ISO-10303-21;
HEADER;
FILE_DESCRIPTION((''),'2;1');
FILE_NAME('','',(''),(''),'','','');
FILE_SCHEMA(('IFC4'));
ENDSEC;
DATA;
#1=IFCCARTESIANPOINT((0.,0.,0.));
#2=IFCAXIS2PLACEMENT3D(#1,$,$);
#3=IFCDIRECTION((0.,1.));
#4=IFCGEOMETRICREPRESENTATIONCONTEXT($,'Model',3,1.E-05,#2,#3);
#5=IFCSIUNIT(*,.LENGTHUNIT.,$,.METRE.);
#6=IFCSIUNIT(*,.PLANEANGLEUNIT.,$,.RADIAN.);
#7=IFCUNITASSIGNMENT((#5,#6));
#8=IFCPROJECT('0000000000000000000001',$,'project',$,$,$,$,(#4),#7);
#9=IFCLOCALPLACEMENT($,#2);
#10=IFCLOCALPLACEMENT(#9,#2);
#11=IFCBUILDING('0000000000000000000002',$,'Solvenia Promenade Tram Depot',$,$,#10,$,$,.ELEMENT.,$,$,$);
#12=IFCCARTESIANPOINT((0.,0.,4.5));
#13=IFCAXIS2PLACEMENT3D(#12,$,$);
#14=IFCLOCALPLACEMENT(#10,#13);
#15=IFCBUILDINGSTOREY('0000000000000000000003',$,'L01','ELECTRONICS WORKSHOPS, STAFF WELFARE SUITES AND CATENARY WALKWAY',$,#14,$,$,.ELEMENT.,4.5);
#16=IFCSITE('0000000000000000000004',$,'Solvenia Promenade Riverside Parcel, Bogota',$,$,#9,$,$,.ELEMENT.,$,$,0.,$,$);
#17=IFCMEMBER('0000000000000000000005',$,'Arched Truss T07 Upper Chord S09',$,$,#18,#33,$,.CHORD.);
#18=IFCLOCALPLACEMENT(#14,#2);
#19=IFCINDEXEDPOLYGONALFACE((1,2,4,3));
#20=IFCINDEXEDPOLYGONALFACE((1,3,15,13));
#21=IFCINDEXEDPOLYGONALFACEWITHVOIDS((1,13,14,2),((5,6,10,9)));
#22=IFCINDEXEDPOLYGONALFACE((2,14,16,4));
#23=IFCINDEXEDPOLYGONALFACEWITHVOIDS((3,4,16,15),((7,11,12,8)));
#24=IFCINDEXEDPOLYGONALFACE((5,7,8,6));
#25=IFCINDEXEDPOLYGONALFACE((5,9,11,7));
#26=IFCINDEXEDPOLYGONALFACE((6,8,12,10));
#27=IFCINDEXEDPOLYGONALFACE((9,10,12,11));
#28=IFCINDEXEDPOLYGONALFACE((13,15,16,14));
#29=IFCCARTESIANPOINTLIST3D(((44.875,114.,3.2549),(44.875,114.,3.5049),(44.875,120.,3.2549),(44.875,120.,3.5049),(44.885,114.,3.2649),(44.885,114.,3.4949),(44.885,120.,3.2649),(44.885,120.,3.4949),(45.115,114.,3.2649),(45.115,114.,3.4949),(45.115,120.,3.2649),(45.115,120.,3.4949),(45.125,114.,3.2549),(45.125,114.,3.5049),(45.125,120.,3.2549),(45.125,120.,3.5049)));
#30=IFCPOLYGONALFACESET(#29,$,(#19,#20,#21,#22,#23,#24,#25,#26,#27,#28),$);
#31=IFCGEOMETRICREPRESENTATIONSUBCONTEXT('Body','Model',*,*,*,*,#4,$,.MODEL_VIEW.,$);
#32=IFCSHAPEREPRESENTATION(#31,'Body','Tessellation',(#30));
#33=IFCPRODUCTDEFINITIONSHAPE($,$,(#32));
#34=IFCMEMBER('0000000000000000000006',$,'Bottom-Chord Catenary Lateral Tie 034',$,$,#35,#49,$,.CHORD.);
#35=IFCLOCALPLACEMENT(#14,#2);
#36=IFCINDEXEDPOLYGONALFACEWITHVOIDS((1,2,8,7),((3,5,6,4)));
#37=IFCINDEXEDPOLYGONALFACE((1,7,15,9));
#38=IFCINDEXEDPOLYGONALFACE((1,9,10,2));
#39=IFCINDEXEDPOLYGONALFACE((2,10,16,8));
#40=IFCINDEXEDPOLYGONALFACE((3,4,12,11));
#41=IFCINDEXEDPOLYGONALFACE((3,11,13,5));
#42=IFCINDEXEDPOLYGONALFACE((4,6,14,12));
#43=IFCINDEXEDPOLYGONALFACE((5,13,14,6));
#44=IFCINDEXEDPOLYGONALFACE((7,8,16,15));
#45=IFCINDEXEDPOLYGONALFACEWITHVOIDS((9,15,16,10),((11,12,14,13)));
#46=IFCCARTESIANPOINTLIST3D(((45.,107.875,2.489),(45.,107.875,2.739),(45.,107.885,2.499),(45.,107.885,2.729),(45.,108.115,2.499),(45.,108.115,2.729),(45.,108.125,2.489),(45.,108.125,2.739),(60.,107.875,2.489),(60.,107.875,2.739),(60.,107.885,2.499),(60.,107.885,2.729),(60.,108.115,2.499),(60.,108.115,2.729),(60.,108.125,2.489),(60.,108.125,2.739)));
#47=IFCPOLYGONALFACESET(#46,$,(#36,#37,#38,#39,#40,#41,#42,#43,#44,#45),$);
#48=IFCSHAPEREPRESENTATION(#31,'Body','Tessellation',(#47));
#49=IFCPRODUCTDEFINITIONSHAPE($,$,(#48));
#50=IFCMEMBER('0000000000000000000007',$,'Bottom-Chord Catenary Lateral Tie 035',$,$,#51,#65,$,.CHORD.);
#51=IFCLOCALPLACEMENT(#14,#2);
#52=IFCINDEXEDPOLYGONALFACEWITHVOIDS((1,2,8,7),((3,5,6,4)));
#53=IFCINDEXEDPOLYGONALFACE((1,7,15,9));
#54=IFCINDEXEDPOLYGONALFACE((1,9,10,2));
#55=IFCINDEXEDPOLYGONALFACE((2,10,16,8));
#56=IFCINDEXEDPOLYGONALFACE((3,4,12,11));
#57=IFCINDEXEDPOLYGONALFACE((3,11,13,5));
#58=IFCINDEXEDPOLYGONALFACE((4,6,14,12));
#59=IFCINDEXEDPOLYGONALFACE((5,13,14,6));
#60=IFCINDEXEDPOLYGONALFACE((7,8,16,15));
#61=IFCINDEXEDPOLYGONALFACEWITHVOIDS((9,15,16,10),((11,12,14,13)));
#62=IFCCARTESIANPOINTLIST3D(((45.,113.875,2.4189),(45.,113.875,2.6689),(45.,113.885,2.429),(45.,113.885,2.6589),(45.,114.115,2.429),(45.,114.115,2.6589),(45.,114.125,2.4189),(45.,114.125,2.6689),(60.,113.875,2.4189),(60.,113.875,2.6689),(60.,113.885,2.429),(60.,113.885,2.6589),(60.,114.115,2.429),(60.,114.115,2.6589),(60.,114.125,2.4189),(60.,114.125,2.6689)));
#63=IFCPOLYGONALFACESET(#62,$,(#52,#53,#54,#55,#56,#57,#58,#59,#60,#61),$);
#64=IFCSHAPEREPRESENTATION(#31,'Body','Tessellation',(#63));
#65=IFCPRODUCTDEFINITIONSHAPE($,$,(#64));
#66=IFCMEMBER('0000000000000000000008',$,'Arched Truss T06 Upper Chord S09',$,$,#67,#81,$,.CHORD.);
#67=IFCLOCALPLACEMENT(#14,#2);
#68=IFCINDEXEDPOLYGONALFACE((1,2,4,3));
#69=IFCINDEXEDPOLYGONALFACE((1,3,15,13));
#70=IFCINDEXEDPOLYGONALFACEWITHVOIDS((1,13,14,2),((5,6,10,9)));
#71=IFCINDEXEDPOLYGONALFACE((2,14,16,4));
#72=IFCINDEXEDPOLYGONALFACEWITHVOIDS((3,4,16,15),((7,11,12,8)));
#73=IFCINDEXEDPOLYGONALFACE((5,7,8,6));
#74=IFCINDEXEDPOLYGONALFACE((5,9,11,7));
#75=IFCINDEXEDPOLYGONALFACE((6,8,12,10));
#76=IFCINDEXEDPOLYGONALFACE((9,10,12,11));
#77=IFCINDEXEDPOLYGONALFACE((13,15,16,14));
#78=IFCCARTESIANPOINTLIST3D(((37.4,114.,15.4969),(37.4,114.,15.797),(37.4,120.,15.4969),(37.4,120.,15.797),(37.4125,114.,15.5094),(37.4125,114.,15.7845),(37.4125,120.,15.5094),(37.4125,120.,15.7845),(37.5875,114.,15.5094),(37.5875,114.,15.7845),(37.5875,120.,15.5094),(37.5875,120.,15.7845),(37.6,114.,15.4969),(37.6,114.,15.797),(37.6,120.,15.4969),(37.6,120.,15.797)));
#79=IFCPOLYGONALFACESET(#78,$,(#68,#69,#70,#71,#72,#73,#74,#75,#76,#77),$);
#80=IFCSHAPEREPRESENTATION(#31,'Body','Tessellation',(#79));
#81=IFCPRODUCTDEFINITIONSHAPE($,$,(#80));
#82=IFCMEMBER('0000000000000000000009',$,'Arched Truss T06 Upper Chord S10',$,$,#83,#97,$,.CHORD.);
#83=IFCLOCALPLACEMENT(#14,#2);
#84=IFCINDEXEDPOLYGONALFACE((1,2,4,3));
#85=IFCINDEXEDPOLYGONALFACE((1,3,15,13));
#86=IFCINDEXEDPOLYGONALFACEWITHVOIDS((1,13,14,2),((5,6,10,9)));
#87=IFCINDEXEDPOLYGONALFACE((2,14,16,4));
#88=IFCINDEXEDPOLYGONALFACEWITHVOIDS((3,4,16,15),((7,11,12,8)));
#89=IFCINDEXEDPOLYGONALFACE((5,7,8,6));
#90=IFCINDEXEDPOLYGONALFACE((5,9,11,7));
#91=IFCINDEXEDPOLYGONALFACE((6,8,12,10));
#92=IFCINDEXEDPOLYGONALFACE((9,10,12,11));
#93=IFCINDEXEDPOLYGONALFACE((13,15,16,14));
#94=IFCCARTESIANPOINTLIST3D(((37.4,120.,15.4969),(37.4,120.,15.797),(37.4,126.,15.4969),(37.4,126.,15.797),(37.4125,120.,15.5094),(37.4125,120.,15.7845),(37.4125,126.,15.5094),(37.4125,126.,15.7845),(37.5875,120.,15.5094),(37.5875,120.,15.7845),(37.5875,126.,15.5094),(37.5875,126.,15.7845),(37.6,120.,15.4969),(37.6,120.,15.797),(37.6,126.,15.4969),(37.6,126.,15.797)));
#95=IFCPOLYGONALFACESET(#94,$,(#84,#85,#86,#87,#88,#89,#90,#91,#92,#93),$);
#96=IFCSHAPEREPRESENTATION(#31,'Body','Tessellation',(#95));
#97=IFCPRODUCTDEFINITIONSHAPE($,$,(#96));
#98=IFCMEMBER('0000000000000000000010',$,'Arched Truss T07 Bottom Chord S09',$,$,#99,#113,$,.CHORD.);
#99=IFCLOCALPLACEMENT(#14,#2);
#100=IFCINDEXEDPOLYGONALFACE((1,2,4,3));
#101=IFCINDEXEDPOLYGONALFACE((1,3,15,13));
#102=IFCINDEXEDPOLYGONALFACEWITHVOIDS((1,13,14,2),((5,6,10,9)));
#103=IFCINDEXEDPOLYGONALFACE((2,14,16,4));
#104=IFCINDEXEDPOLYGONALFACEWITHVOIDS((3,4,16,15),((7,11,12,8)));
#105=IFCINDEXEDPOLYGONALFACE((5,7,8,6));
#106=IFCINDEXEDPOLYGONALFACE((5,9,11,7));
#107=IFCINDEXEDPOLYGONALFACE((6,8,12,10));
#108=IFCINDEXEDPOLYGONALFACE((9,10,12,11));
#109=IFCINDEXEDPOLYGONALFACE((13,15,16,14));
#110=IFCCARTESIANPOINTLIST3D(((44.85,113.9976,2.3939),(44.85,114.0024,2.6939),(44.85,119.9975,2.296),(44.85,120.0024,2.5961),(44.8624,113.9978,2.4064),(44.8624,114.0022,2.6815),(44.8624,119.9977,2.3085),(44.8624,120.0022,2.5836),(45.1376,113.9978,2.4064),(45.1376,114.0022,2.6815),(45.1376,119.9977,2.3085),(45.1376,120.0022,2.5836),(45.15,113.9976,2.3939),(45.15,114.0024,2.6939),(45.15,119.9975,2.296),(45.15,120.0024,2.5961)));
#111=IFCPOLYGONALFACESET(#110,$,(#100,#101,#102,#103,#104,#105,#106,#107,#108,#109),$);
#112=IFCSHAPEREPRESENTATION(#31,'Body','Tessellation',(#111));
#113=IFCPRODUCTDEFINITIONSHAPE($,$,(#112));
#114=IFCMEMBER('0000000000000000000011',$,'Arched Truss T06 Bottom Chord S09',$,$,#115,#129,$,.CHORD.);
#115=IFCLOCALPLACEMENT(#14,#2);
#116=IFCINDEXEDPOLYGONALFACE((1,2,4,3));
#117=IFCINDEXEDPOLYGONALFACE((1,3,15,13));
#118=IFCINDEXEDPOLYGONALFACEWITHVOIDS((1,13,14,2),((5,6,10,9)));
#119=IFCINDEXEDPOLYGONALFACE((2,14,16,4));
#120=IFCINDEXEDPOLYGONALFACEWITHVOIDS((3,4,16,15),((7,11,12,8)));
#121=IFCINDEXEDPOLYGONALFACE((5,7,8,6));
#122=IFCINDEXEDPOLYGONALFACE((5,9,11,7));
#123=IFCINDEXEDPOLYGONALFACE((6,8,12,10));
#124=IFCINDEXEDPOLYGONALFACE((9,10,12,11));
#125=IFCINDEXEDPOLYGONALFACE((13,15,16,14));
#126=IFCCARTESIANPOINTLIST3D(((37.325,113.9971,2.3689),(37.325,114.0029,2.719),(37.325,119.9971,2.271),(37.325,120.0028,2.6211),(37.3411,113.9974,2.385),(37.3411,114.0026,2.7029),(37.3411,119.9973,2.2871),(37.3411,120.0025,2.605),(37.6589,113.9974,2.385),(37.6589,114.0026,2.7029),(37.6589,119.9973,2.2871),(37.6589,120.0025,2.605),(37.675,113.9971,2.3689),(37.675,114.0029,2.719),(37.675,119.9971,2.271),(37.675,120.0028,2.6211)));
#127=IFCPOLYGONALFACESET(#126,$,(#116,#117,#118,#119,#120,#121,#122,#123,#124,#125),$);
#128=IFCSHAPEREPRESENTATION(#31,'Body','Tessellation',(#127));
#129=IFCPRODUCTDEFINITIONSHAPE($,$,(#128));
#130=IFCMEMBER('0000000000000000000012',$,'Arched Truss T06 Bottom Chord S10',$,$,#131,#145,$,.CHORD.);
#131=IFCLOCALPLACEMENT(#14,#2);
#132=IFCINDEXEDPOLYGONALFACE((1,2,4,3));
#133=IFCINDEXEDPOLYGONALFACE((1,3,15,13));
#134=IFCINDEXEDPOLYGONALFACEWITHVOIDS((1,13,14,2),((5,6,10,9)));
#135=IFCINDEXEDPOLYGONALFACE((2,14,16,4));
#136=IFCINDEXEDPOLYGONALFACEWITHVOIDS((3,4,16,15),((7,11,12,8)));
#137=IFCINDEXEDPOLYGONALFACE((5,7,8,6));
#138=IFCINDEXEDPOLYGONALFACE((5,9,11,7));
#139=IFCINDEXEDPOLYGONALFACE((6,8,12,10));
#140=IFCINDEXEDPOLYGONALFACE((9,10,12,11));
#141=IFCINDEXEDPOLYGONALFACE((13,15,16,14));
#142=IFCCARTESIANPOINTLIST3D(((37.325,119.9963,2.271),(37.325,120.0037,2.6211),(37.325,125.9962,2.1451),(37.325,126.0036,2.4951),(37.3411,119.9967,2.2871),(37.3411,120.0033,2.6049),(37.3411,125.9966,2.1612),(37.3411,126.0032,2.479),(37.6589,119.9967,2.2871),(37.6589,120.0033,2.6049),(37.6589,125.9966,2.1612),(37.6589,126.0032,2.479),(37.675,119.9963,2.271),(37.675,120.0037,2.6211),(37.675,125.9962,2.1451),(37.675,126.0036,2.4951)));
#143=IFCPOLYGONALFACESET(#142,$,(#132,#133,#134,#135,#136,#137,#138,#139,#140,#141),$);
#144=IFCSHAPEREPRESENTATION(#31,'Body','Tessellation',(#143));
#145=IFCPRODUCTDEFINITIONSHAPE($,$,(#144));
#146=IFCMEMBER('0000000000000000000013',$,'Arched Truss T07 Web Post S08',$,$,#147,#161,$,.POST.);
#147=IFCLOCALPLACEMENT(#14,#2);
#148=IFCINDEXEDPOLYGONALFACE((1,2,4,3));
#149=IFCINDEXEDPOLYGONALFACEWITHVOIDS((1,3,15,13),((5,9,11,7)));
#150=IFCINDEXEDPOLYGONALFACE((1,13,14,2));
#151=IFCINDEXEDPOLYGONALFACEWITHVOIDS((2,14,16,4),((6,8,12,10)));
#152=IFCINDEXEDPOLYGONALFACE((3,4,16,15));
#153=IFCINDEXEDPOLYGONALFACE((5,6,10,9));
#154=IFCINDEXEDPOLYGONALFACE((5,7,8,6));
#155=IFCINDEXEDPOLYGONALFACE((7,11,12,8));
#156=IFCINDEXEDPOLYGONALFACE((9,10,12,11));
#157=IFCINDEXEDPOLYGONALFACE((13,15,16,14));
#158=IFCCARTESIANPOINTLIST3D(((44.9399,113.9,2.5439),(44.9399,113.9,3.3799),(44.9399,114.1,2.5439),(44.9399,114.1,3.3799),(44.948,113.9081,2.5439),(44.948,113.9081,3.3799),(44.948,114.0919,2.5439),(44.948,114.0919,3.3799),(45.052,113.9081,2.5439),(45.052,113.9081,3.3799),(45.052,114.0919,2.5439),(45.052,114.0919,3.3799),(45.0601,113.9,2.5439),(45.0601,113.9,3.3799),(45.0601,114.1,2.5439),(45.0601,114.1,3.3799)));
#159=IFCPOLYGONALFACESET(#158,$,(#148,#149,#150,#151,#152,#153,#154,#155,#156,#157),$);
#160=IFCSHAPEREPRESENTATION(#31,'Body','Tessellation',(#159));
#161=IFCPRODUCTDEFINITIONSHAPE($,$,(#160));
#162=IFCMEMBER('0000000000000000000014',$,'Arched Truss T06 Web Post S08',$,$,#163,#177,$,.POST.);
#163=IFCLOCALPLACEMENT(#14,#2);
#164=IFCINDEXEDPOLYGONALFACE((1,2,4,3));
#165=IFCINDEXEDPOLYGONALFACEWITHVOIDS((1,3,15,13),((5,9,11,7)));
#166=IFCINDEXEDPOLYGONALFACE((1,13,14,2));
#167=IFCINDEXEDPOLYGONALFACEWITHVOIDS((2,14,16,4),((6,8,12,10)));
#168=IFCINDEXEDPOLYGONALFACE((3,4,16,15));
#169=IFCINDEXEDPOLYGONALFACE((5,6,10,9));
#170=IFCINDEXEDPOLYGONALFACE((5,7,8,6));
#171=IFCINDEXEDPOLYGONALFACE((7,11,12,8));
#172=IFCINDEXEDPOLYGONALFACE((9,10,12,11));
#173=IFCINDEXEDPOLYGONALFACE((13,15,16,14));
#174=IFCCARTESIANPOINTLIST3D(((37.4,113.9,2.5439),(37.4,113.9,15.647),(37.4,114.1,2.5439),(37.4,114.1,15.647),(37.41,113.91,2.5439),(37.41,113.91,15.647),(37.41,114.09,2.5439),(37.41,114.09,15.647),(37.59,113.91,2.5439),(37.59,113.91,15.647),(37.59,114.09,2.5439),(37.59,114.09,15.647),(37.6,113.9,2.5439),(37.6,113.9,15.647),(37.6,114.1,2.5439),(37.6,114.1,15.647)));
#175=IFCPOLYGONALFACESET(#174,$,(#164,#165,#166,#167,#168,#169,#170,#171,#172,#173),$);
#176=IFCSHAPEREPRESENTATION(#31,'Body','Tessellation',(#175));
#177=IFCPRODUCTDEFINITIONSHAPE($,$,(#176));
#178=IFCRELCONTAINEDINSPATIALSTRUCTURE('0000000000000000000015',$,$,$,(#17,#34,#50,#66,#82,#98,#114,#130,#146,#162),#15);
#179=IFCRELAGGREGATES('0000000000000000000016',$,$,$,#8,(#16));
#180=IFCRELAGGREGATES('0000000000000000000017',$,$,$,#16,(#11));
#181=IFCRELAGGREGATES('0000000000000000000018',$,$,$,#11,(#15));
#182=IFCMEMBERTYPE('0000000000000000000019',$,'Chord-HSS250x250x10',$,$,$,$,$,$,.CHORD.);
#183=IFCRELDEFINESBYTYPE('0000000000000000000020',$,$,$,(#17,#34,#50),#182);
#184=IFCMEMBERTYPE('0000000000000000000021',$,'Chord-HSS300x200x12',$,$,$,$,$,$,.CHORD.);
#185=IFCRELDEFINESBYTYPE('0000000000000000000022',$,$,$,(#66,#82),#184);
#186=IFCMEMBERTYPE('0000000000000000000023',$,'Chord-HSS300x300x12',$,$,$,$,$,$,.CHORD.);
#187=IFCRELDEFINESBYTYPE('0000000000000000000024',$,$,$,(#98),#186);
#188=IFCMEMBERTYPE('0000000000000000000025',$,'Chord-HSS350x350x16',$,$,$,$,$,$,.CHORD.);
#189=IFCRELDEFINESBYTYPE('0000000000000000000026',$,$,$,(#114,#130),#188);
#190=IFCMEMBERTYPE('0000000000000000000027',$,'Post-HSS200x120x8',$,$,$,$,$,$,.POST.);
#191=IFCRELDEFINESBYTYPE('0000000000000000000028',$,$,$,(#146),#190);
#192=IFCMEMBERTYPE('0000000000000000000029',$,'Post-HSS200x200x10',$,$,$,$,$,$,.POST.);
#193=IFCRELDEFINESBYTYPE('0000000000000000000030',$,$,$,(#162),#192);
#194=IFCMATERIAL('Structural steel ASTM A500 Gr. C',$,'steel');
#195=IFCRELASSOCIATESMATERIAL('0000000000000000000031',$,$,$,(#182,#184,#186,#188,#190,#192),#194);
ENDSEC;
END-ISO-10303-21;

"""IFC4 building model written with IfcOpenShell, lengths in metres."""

from ifc_helpers import new_model, si_unit, direction, frame, origin, origin_2d, place, context, subcontext, project, spatial, hollow_rectangle, extrude, material, material_profile, profile_set, type_object, element, save


model = new_model("IFC4")

# Units and contexts
model_context = context("Model", 3, precision=1e-05, world=origin(), true_north=direction((0.0, 1.0)))
body_context = subcontext(model_context, "Body", "Model", "MODEL_VIEW")
ifc_project = project(units=[si_unit("LENGTHUNIT", "METRE"), si_unit("PLANEANGLEUNIT", "RADIAN")], contexts=[model_context])

# Site, building, storey
site_placement = place(None, origin())
site = spatial("IfcSite", under=ifc_project, at=site_placement, Name="Solvenia Promenade Riverside Parcel, Bogota", CompositionType="ELEMENT", RefElevation=0.0)
building_placement = place(site_placement, origin())
building = spatial("IfcBuilding", under=site, at=building_placement, Name="Solvenia Promenade Tram Depot", CompositionType="ELEMENT")
storey_placement = place(building_placement, frame((0.0, 0.0, 4.5)))
storey = spatial("IfcBuildingStorey", under=building, at=storey_placement, Name="L01", Description="ELECTRONICS WORKSHOPS, STAFF WELFARE SUITES AND CATENARY WALKWAY", CompositionType="ELEMENT", Elevation=4.5)

# Members
ifc_material_1 = material(Name="Structural steel ASTM A500 Gr. C", Category="steel")
ifc_material_profile_1 = material_profile(ifc_material_1, hollow_rectangle(XDim=0.25, YDim=0.25, WallThickness=0.01, at=origin_2d()), Name="HSS250x250x10", Category="steel")
ifc_profile_set_1 = profile_set([ifc_material_profile_1], Name="Structural steel ASTM A500 Gr. C")
member_type_1 = type_object("IfcMemberType", Name="Chord-HSS250x250x10", PredefinedType="CHORD", material=ifc_profile_set_1)
member_1_placement = place(storey_placement, frame((45.0, 114.0, 3.3799), z_axis=(0.0, 1.0, 0.0), x_axis=(-1.0, 0.0, 0.0)))
element("IfcMember", 1, at=member_1_placement, inside=storey, type_object=member_type_1, Name="Arched Truss T07 Upper Chord S09", PredefinedType="CHORD", context=body_context, shape_type="SweptSolid", body=[
    extrude(hollow_rectangle(XDim=0.25, YDim=0.25, WallThickness=0.01, at=origin_2d()), origin(), (0.0, 0.0, 1.0), 6.0),
])
for number, where, z_axis, x_axis, name in (
    (2, (45.0, 108.0, 2.614), (1.0, 0.0, 0.0), (0.0, 1.0, 0.0), "Bottom-Chord Catenary Lateral Tie 034"),
    (3, (45.0, 114.0, 2.5439), (1.0, 0.0, 0.0), (0.0, 1.0, 0.0), "Bottom-Chord Catenary Lateral Tie 035"),
):
    element("IfcMember", number, at=place(storey_placement, frame(where, z_axis=z_axis, x_axis=x_axis)), inside=storey, type_object=member_type_1, Name=name, PredefinedType="CHORD", context=body_context, shape_type="SweptSolid", body=[
        extrude(hollow_rectangle(XDim=0.25, YDim=0.25, WallThickness=0.01, at=origin_2d()), origin(), (0.0, 0.0, 1.0), 15.0),
    ])
ifc_material_profile_2 = material_profile(ifc_material_1, hollow_rectangle(XDim=0.2, YDim=0.3, WallThickness=0.0125, at=origin_2d()), Name="HSS300x200x12.5", Category="steel")
ifc_profile_set_2 = profile_set([ifc_material_profile_2], Name="Structural steel ASTM A500 Gr. C")
member_type_2 = type_object("IfcMemberType", Name="Chord-HSS300x200x12", PredefinedType="CHORD", material=ifc_profile_set_2)
for number, where, z_axis, x_axis, name in (
    (4, (37.5, 114.0, 15.647), (0.0, 1.0, 0.0), (-1.0, 0.0, 0.0), "Arched Truss T06 Upper Chord S09"),
    (5, (37.5, 120.0, 15.647), (0.0, 1.0, 0.0), (-1.0, 0.0, 0.0), "Arched Truss T06 Upper Chord S10"),
):
    element("IfcMember", number, at=place(storey_placement, frame(where, z_axis=z_axis, x_axis=x_axis)), inside=storey, type_object=member_type_2, Name=name, PredefinedType="CHORD", context=body_context, shape_type="SweptSolid", body=[
        extrude(hollow_rectangle(XDim=0.2, YDim=0.3, WallThickness=0.0125, at=origin_2d()), origin(), (0.0, 0.0, 1.0), 6.0),
    ])
ifc_material_profile_3 = material_profile(ifc_material_1, hollow_rectangle(XDim=0.3, YDim=0.3, WallThickness=0.0125, at=origin_2d()), Name="HSS300x300x12.5", Category="steel")
ifc_profile_set_3 = profile_set([ifc_material_profile_3], Name="Structural steel ASTM A500 Gr. C")
member_type_3 = type_object("IfcMemberType", Name="Chord-HSS300x300x12", PredefinedType="CHORD", material=ifc_profile_set_3)
member_2_placement = place(storey_placement, frame((45.0, 114.0, 2.5439), z_axis=(0.0, 0.999867, -0.016315), x_axis=(-1.0, 0.0, 0.0)))
element("IfcMember", 6, at=member_2_placement, inside=storey, type_object=member_type_3, Name="Arched Truss T07 Bottom Chord S09", PredefinedType="CHORD", context=body_context, shape_type="SweptSolid", body=[
    extrude(hollow_rectangle(XDim=0.3, YDim=0.3, WallThickness=0.0125, at=origin_2d()), origin(), (0.0, 0.0, 1.0), 6.0007),
])
ifc_material_profile_4 = material_profile(ifc_material_1, hollow_rectangle(XDim=0.3501, YDim=0.3501, WallThickness=0.0161, at=origin_2d()), Name="HSS350x350x16", Category="steel")
ifc_profile_set_4 = profile_set([ifc_material_profile_4], Name="Structural steel ASTM A500 Gr. C")
member_type_4 = type_object("IfcMemberType", Name="Chord-HSS350x350x16", PredefinedType="CHORD", material=ifc_profile_set_4)
member_3_placement = place(storey_placement, frame((37.5, 114.0, 2.5439), z_axis=(0.0, 0.999867, -0.016315), x_axis=(-1.0, 0.0, 0.0)))
element("IfcMember", 7, at=member_3_placement, inside=storey, type_object=member_type_4, Name="Arched Truss T06 Bottom Chord S09", PredefinedType="CHORD", context=body_context, shape_type="SweptSolid", body=[
    extrude(hollow_rectangle(XDim=0.3501, YDim=0.3501, WallThickness=0.0161, at=origin_2d()), origin(), (0.0, 0.0, 1.0), 6.0007),
])
member_4_placement = place(storey_placement, frame((37.5, 120.0, 2.446), z_axis=(0.0, 0.99978, -0.020991), x_axis=(-1.0, 0.0, 0.0)))
element("IfcMember", 8, at=member_4_placement, inside=storey, type_object=member_type_4, Name="Arched Truss T06 Bottom Chord S10", PredefinedType="CHORD", context=body_context, shape_type="SweptSolid", body=[
    extrude(hollow_rectangle(XDim=0.3501, YDim=0.3501, WallThickness=0.0161, at=origin_2d()), origin(), (0.0, 0.0, 1.0), 6.0012),
])
ifc_material_profile_5 = material_profile(ifc_material_1, hollow_rectangle(XDim=0.1201, YDim=0.2, WallThickness=0.0081, at=origin_2d()), Name="HSS200x120x8", Category="steel")
ifc_profile_set_5 = profile_set([ifc_material_profile_5], Name="Structural steel ASTM A500 Gr. C")
member_type_5 = type_object("IfcMemberType", Name="Post-HSS200x120x8", PredefinedType="POST", material=ifc_profile_set_5)
member_5_placement = place(storey_placement, frame((45.0, 114.0, 2.5439), z_axis=(0.0, 0.0, 1.0), x_axis=(1.0, 0.0, 0.0)))
element("IfcMember", 9, at=member_5_placement, inside=storey, type_object=member_type_5, Name="Arched Truss T07 Web Post S08", PredefinedType="POST", context=body_context, shape_type="SweptSolid", body=[
    extrude(hollow_rectangle(XDim=0.1201, YDim=0.2, WallThickness=0.0081, at=origin_2d()), origin(), (0.0, 0.0, 1.0), 0.8359),
])
ifc_material_profile_6 = material_profile(ifc_material_1, hollow_rectangle(XDim=0.2, YDim=0.2, WallThickness=0.01, at=origin_2d()), Name="HSS200x200x10", Category="steel")
ifc_profile_set_6 = profile_set([ifc_material_profile_6], Name="Structural steel ASTM A500 Gr. C")
member_type_6 = type_object("IfcMemberType", Name="Post-HSS200x200x10", PredefinedType="POST", material=ifc_profile_set_6)
member_6_placement = place(storey_placement, frame((37.5, 114.0, 2.5439), z_axis=(0.0, 0.0, 1.0), x_axis=(1.0, 0.0, 0.0)))
element("IfcMember", 10, at=member_6_placement, inside=storey, type_object=member_type_6, Name="Arched Truss T06 Web Post S08", PredefinedType="POST", context=body_context, shape_type="SweptSolid", body=[
    extrude(hollow_rectangle(XDim=0.2, YDim=0.2, WallThickness=0.01, at=origin_2d()), origin(), (0.0, 0.0, 1.0), 13.103),
])

save(model, "model.ifc")
